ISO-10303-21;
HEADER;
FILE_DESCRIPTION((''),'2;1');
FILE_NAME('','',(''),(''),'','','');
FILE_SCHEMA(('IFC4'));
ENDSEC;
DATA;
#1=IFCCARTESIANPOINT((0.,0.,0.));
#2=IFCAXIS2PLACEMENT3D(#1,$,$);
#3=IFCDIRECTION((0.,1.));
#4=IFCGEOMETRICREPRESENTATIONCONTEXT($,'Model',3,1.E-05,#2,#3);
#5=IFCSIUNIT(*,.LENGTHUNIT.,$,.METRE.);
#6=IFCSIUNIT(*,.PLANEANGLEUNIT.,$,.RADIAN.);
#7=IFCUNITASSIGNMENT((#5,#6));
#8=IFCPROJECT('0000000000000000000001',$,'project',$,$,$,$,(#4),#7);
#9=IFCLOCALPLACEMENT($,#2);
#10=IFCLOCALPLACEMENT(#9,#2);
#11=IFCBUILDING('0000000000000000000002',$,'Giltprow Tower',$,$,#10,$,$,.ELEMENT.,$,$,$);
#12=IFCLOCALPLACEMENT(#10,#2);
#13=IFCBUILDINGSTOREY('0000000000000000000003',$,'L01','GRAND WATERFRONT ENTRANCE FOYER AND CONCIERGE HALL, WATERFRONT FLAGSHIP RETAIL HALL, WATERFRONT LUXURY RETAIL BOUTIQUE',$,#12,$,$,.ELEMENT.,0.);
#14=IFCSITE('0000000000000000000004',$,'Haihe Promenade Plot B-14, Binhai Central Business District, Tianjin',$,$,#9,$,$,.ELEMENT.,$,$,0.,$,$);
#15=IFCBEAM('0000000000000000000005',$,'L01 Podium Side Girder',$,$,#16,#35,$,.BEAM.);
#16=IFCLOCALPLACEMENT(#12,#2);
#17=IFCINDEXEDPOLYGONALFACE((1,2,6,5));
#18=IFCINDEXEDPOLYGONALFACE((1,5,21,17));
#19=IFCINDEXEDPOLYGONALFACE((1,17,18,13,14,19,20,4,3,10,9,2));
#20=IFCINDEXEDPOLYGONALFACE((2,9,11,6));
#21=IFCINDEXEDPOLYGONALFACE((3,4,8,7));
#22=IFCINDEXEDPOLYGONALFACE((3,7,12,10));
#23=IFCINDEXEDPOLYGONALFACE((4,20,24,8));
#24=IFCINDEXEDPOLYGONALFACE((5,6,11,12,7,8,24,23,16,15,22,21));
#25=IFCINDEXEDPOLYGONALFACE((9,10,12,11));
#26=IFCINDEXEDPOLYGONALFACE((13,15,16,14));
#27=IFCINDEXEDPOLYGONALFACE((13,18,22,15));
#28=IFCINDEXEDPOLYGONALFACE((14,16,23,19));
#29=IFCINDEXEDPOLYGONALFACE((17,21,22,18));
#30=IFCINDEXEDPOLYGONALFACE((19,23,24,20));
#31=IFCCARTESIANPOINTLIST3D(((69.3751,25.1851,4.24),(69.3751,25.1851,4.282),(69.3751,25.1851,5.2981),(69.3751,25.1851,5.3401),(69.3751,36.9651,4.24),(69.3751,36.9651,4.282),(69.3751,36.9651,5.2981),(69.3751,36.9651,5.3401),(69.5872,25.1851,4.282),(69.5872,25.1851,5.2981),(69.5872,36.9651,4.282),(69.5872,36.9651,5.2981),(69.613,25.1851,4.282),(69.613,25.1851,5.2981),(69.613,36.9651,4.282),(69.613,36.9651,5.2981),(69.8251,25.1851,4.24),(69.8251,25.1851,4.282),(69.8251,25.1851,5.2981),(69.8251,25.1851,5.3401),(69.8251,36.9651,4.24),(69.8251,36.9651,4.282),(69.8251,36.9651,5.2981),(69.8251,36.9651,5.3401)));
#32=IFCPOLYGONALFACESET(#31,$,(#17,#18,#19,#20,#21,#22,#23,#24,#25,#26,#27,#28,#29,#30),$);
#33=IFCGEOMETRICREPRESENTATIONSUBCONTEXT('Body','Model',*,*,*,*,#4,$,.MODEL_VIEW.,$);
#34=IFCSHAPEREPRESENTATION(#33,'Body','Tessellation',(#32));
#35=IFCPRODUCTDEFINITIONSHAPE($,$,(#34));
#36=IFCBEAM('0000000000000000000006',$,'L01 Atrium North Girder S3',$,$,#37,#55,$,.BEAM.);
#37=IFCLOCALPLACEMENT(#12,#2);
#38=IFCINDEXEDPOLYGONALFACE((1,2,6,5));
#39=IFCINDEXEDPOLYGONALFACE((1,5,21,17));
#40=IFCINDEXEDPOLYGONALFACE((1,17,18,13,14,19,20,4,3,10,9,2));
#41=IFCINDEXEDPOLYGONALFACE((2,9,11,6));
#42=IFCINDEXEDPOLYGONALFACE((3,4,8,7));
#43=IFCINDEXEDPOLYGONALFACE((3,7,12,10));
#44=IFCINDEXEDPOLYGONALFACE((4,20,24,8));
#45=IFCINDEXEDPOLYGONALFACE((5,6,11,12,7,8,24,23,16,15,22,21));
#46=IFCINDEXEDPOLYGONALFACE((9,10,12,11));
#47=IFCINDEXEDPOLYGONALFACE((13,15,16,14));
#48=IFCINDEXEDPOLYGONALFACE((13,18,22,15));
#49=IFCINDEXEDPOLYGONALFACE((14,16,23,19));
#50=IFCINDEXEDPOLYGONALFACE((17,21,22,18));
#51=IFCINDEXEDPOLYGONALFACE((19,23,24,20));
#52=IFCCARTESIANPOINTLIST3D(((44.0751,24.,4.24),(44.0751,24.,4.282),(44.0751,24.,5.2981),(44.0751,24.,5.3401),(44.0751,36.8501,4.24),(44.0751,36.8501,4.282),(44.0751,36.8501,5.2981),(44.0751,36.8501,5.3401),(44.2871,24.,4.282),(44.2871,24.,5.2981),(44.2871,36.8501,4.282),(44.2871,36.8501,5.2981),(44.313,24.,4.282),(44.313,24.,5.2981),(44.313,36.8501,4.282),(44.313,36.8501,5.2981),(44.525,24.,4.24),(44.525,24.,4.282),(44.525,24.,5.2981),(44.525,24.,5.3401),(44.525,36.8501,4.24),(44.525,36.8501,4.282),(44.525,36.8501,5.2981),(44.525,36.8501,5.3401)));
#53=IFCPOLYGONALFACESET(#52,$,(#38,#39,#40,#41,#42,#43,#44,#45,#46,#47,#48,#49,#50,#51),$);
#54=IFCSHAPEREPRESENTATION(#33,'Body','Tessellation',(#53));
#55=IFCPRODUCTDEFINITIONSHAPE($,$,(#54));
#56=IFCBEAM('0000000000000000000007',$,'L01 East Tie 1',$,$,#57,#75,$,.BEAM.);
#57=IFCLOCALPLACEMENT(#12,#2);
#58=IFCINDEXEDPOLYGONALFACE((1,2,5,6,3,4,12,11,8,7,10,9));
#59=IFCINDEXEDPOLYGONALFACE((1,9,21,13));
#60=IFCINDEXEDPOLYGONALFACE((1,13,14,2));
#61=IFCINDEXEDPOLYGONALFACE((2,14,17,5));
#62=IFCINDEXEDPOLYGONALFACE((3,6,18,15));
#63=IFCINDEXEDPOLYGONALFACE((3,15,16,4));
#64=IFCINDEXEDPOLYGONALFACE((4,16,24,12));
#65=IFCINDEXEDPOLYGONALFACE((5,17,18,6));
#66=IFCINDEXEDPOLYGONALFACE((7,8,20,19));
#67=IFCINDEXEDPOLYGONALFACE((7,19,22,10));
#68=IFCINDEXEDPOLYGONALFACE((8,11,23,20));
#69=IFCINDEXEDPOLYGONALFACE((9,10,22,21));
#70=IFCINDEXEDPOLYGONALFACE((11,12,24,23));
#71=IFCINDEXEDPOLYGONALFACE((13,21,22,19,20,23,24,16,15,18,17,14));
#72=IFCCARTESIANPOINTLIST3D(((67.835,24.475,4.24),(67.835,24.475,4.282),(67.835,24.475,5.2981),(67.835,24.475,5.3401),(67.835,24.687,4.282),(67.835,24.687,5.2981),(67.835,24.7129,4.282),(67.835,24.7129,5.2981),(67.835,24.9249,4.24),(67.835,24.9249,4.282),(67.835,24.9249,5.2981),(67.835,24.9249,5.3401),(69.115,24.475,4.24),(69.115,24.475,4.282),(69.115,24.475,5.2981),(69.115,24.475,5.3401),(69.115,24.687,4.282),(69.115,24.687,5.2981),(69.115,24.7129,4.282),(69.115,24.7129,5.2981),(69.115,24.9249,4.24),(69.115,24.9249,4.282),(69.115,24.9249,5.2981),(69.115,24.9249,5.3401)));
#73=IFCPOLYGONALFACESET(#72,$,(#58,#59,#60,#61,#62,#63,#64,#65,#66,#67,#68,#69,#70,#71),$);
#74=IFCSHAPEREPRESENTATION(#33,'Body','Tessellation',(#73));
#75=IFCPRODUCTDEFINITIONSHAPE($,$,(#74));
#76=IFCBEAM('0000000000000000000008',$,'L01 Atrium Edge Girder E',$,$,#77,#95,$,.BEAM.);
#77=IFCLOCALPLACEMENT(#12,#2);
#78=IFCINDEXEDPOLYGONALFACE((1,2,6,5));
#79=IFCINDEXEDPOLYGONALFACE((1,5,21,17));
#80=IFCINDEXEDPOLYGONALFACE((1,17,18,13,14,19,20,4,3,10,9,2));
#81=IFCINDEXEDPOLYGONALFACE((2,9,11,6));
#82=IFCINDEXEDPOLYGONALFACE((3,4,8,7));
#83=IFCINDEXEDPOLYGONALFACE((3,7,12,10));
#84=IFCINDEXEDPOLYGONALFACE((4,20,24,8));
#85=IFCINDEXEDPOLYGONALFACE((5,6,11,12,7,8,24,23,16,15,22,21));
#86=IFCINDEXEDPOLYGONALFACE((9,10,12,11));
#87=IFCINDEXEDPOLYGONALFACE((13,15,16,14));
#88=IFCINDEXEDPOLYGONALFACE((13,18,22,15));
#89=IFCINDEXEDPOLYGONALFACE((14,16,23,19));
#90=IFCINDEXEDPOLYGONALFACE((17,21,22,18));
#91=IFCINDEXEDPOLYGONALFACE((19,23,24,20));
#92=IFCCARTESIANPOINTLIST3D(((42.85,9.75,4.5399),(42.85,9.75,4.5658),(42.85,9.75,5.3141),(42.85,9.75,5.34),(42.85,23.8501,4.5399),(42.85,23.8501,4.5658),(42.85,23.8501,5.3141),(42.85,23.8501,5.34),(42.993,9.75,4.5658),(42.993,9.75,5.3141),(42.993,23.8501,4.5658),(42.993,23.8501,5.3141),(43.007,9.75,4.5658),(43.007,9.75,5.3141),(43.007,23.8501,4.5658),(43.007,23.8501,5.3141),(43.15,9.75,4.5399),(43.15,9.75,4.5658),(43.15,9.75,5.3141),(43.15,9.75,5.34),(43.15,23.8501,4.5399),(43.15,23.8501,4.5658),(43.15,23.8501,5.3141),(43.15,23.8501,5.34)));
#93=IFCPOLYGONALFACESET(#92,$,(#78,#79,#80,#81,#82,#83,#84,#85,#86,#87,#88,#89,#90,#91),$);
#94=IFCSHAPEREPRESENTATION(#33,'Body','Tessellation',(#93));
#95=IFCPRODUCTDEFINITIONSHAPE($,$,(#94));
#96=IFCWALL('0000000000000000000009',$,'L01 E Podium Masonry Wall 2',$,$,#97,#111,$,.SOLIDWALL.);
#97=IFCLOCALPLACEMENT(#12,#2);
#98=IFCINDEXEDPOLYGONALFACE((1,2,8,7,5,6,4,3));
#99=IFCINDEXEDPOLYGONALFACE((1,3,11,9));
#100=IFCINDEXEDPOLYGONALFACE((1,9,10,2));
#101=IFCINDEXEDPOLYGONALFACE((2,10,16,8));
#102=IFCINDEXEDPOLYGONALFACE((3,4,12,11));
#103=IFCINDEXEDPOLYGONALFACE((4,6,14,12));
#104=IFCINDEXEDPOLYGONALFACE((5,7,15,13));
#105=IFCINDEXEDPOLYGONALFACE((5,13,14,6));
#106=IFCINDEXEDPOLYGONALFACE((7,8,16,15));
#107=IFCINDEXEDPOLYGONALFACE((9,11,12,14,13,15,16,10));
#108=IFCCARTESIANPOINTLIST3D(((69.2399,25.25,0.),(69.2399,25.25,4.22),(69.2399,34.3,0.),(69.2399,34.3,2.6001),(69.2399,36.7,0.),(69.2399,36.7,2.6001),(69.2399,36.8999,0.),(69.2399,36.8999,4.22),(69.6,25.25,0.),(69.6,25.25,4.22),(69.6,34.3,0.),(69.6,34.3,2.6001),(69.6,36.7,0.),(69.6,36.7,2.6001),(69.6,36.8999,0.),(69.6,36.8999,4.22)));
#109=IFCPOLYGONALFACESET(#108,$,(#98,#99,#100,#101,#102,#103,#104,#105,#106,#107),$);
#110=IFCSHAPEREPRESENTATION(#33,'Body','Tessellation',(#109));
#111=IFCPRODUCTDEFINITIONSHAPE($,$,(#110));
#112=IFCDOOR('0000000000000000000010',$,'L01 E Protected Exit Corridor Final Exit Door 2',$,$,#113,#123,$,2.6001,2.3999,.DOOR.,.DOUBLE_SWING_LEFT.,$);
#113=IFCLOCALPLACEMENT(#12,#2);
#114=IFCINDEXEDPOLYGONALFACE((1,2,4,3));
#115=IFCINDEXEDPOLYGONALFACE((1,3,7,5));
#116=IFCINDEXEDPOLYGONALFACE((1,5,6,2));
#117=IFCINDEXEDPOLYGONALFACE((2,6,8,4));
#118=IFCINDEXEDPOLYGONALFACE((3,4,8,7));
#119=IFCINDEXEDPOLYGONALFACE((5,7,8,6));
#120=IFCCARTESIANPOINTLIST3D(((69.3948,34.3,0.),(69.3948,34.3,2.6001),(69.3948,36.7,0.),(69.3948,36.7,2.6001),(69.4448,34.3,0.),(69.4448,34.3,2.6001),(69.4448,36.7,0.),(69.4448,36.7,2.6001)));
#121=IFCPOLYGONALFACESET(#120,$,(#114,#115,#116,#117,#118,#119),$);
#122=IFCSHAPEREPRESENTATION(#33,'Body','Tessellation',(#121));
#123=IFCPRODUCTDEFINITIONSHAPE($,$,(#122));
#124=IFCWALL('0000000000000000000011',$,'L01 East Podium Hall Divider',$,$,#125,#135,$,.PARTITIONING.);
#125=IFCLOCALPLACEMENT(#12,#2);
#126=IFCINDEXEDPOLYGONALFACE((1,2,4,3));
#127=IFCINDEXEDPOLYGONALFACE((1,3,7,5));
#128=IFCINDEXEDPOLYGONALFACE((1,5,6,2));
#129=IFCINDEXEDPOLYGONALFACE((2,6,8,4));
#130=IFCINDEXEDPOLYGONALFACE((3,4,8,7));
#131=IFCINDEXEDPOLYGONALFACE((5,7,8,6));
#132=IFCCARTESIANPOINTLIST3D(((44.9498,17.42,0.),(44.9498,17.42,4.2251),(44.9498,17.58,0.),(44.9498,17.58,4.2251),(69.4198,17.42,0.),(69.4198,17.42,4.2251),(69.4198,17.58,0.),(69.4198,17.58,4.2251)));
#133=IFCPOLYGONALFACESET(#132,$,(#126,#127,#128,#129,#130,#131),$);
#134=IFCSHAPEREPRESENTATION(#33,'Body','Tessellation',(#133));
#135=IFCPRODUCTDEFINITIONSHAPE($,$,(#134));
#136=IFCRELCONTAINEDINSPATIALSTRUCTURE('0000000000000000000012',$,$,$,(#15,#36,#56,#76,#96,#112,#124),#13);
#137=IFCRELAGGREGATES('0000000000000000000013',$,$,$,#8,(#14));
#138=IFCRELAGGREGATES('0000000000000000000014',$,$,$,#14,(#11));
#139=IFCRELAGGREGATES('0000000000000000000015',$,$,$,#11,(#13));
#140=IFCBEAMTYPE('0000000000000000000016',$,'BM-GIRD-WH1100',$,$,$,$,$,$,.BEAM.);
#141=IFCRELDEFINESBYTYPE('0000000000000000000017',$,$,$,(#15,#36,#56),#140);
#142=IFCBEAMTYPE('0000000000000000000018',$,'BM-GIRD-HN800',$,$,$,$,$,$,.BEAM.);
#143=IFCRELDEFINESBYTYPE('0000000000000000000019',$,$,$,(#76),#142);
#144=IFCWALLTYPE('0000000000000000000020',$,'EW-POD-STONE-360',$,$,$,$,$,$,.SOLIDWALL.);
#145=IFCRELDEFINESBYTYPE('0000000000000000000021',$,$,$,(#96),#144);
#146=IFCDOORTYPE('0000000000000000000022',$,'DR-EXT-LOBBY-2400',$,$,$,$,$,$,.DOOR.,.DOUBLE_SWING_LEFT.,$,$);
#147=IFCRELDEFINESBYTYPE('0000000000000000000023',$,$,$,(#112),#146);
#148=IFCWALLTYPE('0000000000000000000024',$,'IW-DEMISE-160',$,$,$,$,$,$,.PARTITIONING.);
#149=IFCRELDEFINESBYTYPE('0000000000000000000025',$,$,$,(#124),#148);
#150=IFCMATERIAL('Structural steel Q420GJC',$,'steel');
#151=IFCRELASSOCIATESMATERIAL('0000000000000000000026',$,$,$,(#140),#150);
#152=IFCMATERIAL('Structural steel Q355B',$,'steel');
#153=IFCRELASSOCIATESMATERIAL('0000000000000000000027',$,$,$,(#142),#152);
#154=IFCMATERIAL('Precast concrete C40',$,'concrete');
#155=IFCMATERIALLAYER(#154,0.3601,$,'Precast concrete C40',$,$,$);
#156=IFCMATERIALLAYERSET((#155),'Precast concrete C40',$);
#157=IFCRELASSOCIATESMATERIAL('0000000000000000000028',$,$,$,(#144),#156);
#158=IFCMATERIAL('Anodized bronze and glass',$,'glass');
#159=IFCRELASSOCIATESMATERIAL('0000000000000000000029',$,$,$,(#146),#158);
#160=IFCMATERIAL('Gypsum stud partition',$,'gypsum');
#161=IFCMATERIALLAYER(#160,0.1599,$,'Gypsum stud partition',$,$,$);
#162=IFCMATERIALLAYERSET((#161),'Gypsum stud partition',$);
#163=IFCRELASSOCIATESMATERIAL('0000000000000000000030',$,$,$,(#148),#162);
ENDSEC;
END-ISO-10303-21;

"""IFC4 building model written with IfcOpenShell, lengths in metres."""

from ifc_helpers import new_model, si_unit, direction, frame, frame_2d, origin, origin_2d, place, context, subcontext, project, spatial, rectangle, i_section, extrude, source, transform, mapped, material, layer, layer_set, material_profile, profile_set, type_object, element, fill, save


model = new_model("IFC4")

# Units and contexts
model_context = context("Model", 3, precision=1e-05, world=origin(), true_north=direction((0.0, 1.0)))
body_context = subcontext(model_context, "Body", "Model", "MODEL_VIEW")
ifc_project = project(units=[si_unit("LENGTHUNIT", "METRE"), si_unit("PLANEANGLEUNIT", "RADIAN")], contexts=[model_context])

# Site, building, storey
site_placement = place(None, origin())
site = spatial("IfcSite", under=ifc_project, at=site_placement, Name="Haihe Promenade Plot B-14, Binhai Central Business District, Tianjin", CompositionType="ELEMENT", RefElevation=0.0)
building_placement = place(site_placement, origin())
building = spatial("IfcBuilding", under=site, at=building_placement, Name="Giltprow Tower", CompositionType="ELEMENT")
storey_placement = place(building_placement, origin())
storey = spatial("IfcBuildingStorey", under=building, at=storey_placement, Name="L01", Description="GRAND WATERFRONT ENTRANCE FOYER AND CONCIERGE HALL, WATERFRONT FLAGSHIP RETAIL HALL, WATERFRONT LUXURY RETAIL BOUTIQUE", CompositionType="ELEMENT", Elevation=0.0)

# Shared definitions
ifc_material_1 = material(Name="Structural steel Q420GJC", Category="steel")

# Beams
ifc_material_profile_1 = material_profile(ifc_material_1, i_section(OverallWidth=0.45, OverallDepth=1.1001, WebThickness=0.0259, FlangeThickness=0.042, at=origin_2d()), Name="WH 1100x450x26x42")
ifc_profile_set_1 = profile_set([ifc_material_profile_1], Name="Structural steel Q420GJC")
beam_type_1 = type_object("IfcBeamType", Name="BM-GIRD-WH1100", PredefinedType="BEAM", material=ifc_profile_set_1)
shared_shape_1 = source(origin(), body_context, "Body", "SweptSolid", [
    extrude(i_section(OverallWidth=0.45, OverallDepth=1.1001, WebThickness=0.0259, FlangeThickness=0.042, at=origin_2d()), origin(), (0.0, 0.0, 1.0), 11.78),
])
beam_1_placement = place(storey_placement, frame((69.6001, 25.1851, 4.79), z_axis=(0.0, 1.0, 0.0), x_axis=(-1.0, 0.0, 0.0)))
element("IfcBeam", 1, at=beam_1_placement, inside=storey, type_object=beam_type_1, Name="L01 Podium Side Girder", PredefinedType="BEAM", context=body_context, shape_type="MappedRepresentation", body=[
    mapped(shared_shape_1, transform((0.0, 0.0, 0.0), x_axis=(1.0, 0.0, 0.0), y_axis=(0.0, 1.0, 0.0), z_axis=(0.0, 0.0, 1.0), scale=1.0)),
])
shared_shape_2 = source(origin(), body_context, "Body", "SweptSolid", [
    extrude(i_section(OverallWidth=0.45, OverallDepth=1.1001, WebThickness=0.0259, FlangeThickness=0.042, at=origin_2d()), origin(), (0.0, 0.0, 1.0), 12.8501),
])
beam_2_placement = place(storey_placement, frame((44.3, 24.0, 4.79), z_axis=(0.0, 1.0, 0.0), x_axis=(-1.0, 0.0, 0.0)))
element("IfcBeam", 2, at=beam_2_placement, inside=storey, type_object=beam_type_1, Name="L01 Atrium North Girder S3", PredefinedType="BEAM", context=body_context, shape_type="MappedRepresentation", body=[
    mapped(shared_shape_2, transform((0.0, 0.0, 0.0), x_axis=(1.0, 0.0, 0.0), y_axis=(0.0, 1.0, 0.0), z_axis=(0.0, 0.0, 1.0), scale=1.0)),
])
shared_shape_3 = source(origin(), body_context, "Body", "SweptSolid", [
    extrude(i_section(OverallWidth=0.45, OverallDepth=1.1001, WebThickness=0.0259, FlangeThickness=0.042, at=origin_2d()), origin(), (0.0, 0.0, 1.0), 1.28),
])
beam_3_placement = place(storey_placement, frame((67.835, 24.7, 4.79), z_axis=(1.0, 0.0, 0.0), x_axis=(0.0, 1.0, 0.0)))
element("IfcBeam", 3, at=beam_3_placement, inside=storey, type_object=beam_type_1, Name="L01 East Tie 1", PredefinedType="BEAM", context=body_context, shape_type="MappedRepresentation", body=[
    mapped(shared_shape_3, transform((0.0, 0.0, 0.0), x_axis=(1.0, 0.0, 0.0), y_axis=(0.0, 1.0, 0.0), z_axis=(0.0, 0.0, 1.0), scale=1.0)),
])
ifc_material_2 = material(Name="Structural steel Q355B", Category="steel")
ifc_material_profile_2 = material_profile(ifc_material_2, i_section(OverallWidth=0.3, OverallDepth=0.8, WebThickness=0.0139, FlangeThickness=0.0259, at=origin_2d()), Name="HN 800x300x14x26")
ifc_profile_set_2 = profile_set([ifc_material_profile_2], Name="Structural steel Q355B")
beam_type_2 = type_object("IfcBeamType", Name="BM-GIRD-HN800", PredefinedType="BEAM", material=ifc_profile_set_2)
shared_shape_4 = source(origin(), body_context, "Body", "SweptSolid", [
    extrude(i_section(OverallWidth=0.3, OverallDepth=0.8, WebThickness=0.0139, FlangeThickness=0.0259, at=origin_2d()), origin(), (0.0, 0.0, 1.0), 14.1001),
])
beam_4_placement = place(storey_placement, frame((43.0, 9.75, 4.9399), z_axis=(0.0, 1.0, 0.0), x_axis=(-1.0, 0.0, 0.0)))
element("IfcBeam", 4, at=beam_4_placement, inside=storey, type_object=beam_type_2, Name="L01 Atrium Edge Girder E", PredefinedType="BEAM", context=body_context, shape_type="MappedRepresentation", body=[
    mapped(shared_shape_4, transform((0.0, 0.0, 0.0), x_axis=(1.0, 0.0, 0.0), y_axis=(0.0, 1.0, 0.0), z_axis=(0.0, 0.0, 1.0), scale=1.0)),
])

# Wall, opening, door
ifc_material_3 = material(Name="Precast concrete C40", Category="concrete")
ifc_layer_1 = layer(ifc_material_3, 0.3601, Name="Precast concrete C40")
ifc_layer_set_1 = layer_set([ifc_layer_1], Name="Precast concrete C40")
wall_type_1 = type_object("IfcWallType", Name="EW-POD-STONE-360", PredefinedType="SOLIDWALL", material=ifc_layer_set_1)
wall_1_placement = place(storey_placement, frame((69.4199, 25.25, 0.0), z_axis=(0.0, 0.0, 1.0), x_axis=(0.0, 1.0, 0.0)))
wall_1 = element("IfcWall", 5, at=wall_1_placement, inside=storey, type_object=wall_type_1, Name="L01 E Podium Masonry Wall 2", PredefinedType="SOLIDWALL", context=body_context, shape_type="SweptSolid", body=[
    extrude(rectangle(XDim=11.6499, YDim=0.3601, at=frame_2d((5.825, 0.0))), origin(), (0.0, 0.0, 1.0), 4.22),
])
opening_1_placement = place(wall_1_placement, frame((9.05, 0.0, 0.0)))
opening_1 = element("IfcOpeningElement", 6, at=opening_1_placement, cuts=wall_1, PredefinedType="OPENING", context=body_context, shape_type="SweptSolid", body=[
    extrude(rectangle(XDim=2.3999, YDim=2.6001, at=frame_2d((1.2, 1.3))), frame((0.0, 0.1899, 0.0), z_axis=(0.0, -1.0, 0.0), x_axis=(1.0, 0.0, 0.0)), (0.0, 0.0, 1.0), 0.3801),
])
ifc_material_4 = material(Name="Anodized bronze and glass", Category="glass")
door_type_1 = type_object("IfcDoorType", Name="DR-EXT-LOBBY-2400", OperationType="DOUBLE_SWING_LEFT", PredefinedType="DOOR", material=ifc_material_4)
shared_shape_5 = source(origin(), body_context, "Body", "SweptSolid", [
    extrude(rectangle(XDim=2.3999, YDim=2.6001, at=frame_2d((1.2, 1.3))), frame((0.0, 0.0249, 0.0), z_axis=(0.0, -1.0, 0.0), x_axis=(1.0, 0.0, 0.0)), (0.0, 0.0, 1.0), 0.05),
])
door_1_placement = place(opening_1_placement, frame((2.3999, 0.0, 0.0), z_axis=(0.0, 0.0, 1.0), x_axis=(-1.0, 0.0, 0.0)))
door_1 = element("IfcDoor", 7, at=door_1_placement, inside=storey, type_object=door_type_1, Name="L01 E Protected Exit Corridor Final Exit Door 2", OperationType="DOUBLE_SWING_LEFT", OverallHeight=2.6001, OverallWidth=2.3999, PredefinedType="DOOR", context=body_context, shape_type="MappedRepresentation", body=[
    mapped(shared_shape_5, transform((0.0, 0.0, 0.0), x_axis=(1.0, 0.0, 0.0), y_axis=(0.0, 1.0, 0.0), z_axis=(0.0, 0.0, 1.0), scale=1.0)),
])
fill(opening_1, door_1)

# Wall
ifc_material_5 = material(Name="Gypsum stud partition", Category="gypsum")
ifc_layer_2 = layer(ifc_material_5, 0.1599, Name="Gypsum stud partition")
ifc_layer_set_2 = layer_set([ifc_layer_2], Name="Gypsum stud partition")
wall_type_2 = type_object("IfcWallType", Name="IW-DEMISE-160", PredefinedType="PARTITIONING", material=ifc_layer_set_2)
wall_2_placement = place(storey_placement, frame((44.95, 17.5, 0.0), z_axis=(0.0, 0.0, 1.0), x_axis=(1.0, 0.0, 0.0)))
element("IfcWall", 8, at=wall_2_placement, inside=storey, type_object=wall_type_2, Name="L01 East Podium Hall Divider", PredefinedType="PARTITIONING", context=body_context, shape_type="SweptSolid", body=[
    extrude(rectangle(XDim=24.47, YDim=0.1599, at=frame_2d((12.2349, 0.0))), origin(), (0.0, 0.0, 1.0), 4.2251),
])

save(model, "model.ifc")
